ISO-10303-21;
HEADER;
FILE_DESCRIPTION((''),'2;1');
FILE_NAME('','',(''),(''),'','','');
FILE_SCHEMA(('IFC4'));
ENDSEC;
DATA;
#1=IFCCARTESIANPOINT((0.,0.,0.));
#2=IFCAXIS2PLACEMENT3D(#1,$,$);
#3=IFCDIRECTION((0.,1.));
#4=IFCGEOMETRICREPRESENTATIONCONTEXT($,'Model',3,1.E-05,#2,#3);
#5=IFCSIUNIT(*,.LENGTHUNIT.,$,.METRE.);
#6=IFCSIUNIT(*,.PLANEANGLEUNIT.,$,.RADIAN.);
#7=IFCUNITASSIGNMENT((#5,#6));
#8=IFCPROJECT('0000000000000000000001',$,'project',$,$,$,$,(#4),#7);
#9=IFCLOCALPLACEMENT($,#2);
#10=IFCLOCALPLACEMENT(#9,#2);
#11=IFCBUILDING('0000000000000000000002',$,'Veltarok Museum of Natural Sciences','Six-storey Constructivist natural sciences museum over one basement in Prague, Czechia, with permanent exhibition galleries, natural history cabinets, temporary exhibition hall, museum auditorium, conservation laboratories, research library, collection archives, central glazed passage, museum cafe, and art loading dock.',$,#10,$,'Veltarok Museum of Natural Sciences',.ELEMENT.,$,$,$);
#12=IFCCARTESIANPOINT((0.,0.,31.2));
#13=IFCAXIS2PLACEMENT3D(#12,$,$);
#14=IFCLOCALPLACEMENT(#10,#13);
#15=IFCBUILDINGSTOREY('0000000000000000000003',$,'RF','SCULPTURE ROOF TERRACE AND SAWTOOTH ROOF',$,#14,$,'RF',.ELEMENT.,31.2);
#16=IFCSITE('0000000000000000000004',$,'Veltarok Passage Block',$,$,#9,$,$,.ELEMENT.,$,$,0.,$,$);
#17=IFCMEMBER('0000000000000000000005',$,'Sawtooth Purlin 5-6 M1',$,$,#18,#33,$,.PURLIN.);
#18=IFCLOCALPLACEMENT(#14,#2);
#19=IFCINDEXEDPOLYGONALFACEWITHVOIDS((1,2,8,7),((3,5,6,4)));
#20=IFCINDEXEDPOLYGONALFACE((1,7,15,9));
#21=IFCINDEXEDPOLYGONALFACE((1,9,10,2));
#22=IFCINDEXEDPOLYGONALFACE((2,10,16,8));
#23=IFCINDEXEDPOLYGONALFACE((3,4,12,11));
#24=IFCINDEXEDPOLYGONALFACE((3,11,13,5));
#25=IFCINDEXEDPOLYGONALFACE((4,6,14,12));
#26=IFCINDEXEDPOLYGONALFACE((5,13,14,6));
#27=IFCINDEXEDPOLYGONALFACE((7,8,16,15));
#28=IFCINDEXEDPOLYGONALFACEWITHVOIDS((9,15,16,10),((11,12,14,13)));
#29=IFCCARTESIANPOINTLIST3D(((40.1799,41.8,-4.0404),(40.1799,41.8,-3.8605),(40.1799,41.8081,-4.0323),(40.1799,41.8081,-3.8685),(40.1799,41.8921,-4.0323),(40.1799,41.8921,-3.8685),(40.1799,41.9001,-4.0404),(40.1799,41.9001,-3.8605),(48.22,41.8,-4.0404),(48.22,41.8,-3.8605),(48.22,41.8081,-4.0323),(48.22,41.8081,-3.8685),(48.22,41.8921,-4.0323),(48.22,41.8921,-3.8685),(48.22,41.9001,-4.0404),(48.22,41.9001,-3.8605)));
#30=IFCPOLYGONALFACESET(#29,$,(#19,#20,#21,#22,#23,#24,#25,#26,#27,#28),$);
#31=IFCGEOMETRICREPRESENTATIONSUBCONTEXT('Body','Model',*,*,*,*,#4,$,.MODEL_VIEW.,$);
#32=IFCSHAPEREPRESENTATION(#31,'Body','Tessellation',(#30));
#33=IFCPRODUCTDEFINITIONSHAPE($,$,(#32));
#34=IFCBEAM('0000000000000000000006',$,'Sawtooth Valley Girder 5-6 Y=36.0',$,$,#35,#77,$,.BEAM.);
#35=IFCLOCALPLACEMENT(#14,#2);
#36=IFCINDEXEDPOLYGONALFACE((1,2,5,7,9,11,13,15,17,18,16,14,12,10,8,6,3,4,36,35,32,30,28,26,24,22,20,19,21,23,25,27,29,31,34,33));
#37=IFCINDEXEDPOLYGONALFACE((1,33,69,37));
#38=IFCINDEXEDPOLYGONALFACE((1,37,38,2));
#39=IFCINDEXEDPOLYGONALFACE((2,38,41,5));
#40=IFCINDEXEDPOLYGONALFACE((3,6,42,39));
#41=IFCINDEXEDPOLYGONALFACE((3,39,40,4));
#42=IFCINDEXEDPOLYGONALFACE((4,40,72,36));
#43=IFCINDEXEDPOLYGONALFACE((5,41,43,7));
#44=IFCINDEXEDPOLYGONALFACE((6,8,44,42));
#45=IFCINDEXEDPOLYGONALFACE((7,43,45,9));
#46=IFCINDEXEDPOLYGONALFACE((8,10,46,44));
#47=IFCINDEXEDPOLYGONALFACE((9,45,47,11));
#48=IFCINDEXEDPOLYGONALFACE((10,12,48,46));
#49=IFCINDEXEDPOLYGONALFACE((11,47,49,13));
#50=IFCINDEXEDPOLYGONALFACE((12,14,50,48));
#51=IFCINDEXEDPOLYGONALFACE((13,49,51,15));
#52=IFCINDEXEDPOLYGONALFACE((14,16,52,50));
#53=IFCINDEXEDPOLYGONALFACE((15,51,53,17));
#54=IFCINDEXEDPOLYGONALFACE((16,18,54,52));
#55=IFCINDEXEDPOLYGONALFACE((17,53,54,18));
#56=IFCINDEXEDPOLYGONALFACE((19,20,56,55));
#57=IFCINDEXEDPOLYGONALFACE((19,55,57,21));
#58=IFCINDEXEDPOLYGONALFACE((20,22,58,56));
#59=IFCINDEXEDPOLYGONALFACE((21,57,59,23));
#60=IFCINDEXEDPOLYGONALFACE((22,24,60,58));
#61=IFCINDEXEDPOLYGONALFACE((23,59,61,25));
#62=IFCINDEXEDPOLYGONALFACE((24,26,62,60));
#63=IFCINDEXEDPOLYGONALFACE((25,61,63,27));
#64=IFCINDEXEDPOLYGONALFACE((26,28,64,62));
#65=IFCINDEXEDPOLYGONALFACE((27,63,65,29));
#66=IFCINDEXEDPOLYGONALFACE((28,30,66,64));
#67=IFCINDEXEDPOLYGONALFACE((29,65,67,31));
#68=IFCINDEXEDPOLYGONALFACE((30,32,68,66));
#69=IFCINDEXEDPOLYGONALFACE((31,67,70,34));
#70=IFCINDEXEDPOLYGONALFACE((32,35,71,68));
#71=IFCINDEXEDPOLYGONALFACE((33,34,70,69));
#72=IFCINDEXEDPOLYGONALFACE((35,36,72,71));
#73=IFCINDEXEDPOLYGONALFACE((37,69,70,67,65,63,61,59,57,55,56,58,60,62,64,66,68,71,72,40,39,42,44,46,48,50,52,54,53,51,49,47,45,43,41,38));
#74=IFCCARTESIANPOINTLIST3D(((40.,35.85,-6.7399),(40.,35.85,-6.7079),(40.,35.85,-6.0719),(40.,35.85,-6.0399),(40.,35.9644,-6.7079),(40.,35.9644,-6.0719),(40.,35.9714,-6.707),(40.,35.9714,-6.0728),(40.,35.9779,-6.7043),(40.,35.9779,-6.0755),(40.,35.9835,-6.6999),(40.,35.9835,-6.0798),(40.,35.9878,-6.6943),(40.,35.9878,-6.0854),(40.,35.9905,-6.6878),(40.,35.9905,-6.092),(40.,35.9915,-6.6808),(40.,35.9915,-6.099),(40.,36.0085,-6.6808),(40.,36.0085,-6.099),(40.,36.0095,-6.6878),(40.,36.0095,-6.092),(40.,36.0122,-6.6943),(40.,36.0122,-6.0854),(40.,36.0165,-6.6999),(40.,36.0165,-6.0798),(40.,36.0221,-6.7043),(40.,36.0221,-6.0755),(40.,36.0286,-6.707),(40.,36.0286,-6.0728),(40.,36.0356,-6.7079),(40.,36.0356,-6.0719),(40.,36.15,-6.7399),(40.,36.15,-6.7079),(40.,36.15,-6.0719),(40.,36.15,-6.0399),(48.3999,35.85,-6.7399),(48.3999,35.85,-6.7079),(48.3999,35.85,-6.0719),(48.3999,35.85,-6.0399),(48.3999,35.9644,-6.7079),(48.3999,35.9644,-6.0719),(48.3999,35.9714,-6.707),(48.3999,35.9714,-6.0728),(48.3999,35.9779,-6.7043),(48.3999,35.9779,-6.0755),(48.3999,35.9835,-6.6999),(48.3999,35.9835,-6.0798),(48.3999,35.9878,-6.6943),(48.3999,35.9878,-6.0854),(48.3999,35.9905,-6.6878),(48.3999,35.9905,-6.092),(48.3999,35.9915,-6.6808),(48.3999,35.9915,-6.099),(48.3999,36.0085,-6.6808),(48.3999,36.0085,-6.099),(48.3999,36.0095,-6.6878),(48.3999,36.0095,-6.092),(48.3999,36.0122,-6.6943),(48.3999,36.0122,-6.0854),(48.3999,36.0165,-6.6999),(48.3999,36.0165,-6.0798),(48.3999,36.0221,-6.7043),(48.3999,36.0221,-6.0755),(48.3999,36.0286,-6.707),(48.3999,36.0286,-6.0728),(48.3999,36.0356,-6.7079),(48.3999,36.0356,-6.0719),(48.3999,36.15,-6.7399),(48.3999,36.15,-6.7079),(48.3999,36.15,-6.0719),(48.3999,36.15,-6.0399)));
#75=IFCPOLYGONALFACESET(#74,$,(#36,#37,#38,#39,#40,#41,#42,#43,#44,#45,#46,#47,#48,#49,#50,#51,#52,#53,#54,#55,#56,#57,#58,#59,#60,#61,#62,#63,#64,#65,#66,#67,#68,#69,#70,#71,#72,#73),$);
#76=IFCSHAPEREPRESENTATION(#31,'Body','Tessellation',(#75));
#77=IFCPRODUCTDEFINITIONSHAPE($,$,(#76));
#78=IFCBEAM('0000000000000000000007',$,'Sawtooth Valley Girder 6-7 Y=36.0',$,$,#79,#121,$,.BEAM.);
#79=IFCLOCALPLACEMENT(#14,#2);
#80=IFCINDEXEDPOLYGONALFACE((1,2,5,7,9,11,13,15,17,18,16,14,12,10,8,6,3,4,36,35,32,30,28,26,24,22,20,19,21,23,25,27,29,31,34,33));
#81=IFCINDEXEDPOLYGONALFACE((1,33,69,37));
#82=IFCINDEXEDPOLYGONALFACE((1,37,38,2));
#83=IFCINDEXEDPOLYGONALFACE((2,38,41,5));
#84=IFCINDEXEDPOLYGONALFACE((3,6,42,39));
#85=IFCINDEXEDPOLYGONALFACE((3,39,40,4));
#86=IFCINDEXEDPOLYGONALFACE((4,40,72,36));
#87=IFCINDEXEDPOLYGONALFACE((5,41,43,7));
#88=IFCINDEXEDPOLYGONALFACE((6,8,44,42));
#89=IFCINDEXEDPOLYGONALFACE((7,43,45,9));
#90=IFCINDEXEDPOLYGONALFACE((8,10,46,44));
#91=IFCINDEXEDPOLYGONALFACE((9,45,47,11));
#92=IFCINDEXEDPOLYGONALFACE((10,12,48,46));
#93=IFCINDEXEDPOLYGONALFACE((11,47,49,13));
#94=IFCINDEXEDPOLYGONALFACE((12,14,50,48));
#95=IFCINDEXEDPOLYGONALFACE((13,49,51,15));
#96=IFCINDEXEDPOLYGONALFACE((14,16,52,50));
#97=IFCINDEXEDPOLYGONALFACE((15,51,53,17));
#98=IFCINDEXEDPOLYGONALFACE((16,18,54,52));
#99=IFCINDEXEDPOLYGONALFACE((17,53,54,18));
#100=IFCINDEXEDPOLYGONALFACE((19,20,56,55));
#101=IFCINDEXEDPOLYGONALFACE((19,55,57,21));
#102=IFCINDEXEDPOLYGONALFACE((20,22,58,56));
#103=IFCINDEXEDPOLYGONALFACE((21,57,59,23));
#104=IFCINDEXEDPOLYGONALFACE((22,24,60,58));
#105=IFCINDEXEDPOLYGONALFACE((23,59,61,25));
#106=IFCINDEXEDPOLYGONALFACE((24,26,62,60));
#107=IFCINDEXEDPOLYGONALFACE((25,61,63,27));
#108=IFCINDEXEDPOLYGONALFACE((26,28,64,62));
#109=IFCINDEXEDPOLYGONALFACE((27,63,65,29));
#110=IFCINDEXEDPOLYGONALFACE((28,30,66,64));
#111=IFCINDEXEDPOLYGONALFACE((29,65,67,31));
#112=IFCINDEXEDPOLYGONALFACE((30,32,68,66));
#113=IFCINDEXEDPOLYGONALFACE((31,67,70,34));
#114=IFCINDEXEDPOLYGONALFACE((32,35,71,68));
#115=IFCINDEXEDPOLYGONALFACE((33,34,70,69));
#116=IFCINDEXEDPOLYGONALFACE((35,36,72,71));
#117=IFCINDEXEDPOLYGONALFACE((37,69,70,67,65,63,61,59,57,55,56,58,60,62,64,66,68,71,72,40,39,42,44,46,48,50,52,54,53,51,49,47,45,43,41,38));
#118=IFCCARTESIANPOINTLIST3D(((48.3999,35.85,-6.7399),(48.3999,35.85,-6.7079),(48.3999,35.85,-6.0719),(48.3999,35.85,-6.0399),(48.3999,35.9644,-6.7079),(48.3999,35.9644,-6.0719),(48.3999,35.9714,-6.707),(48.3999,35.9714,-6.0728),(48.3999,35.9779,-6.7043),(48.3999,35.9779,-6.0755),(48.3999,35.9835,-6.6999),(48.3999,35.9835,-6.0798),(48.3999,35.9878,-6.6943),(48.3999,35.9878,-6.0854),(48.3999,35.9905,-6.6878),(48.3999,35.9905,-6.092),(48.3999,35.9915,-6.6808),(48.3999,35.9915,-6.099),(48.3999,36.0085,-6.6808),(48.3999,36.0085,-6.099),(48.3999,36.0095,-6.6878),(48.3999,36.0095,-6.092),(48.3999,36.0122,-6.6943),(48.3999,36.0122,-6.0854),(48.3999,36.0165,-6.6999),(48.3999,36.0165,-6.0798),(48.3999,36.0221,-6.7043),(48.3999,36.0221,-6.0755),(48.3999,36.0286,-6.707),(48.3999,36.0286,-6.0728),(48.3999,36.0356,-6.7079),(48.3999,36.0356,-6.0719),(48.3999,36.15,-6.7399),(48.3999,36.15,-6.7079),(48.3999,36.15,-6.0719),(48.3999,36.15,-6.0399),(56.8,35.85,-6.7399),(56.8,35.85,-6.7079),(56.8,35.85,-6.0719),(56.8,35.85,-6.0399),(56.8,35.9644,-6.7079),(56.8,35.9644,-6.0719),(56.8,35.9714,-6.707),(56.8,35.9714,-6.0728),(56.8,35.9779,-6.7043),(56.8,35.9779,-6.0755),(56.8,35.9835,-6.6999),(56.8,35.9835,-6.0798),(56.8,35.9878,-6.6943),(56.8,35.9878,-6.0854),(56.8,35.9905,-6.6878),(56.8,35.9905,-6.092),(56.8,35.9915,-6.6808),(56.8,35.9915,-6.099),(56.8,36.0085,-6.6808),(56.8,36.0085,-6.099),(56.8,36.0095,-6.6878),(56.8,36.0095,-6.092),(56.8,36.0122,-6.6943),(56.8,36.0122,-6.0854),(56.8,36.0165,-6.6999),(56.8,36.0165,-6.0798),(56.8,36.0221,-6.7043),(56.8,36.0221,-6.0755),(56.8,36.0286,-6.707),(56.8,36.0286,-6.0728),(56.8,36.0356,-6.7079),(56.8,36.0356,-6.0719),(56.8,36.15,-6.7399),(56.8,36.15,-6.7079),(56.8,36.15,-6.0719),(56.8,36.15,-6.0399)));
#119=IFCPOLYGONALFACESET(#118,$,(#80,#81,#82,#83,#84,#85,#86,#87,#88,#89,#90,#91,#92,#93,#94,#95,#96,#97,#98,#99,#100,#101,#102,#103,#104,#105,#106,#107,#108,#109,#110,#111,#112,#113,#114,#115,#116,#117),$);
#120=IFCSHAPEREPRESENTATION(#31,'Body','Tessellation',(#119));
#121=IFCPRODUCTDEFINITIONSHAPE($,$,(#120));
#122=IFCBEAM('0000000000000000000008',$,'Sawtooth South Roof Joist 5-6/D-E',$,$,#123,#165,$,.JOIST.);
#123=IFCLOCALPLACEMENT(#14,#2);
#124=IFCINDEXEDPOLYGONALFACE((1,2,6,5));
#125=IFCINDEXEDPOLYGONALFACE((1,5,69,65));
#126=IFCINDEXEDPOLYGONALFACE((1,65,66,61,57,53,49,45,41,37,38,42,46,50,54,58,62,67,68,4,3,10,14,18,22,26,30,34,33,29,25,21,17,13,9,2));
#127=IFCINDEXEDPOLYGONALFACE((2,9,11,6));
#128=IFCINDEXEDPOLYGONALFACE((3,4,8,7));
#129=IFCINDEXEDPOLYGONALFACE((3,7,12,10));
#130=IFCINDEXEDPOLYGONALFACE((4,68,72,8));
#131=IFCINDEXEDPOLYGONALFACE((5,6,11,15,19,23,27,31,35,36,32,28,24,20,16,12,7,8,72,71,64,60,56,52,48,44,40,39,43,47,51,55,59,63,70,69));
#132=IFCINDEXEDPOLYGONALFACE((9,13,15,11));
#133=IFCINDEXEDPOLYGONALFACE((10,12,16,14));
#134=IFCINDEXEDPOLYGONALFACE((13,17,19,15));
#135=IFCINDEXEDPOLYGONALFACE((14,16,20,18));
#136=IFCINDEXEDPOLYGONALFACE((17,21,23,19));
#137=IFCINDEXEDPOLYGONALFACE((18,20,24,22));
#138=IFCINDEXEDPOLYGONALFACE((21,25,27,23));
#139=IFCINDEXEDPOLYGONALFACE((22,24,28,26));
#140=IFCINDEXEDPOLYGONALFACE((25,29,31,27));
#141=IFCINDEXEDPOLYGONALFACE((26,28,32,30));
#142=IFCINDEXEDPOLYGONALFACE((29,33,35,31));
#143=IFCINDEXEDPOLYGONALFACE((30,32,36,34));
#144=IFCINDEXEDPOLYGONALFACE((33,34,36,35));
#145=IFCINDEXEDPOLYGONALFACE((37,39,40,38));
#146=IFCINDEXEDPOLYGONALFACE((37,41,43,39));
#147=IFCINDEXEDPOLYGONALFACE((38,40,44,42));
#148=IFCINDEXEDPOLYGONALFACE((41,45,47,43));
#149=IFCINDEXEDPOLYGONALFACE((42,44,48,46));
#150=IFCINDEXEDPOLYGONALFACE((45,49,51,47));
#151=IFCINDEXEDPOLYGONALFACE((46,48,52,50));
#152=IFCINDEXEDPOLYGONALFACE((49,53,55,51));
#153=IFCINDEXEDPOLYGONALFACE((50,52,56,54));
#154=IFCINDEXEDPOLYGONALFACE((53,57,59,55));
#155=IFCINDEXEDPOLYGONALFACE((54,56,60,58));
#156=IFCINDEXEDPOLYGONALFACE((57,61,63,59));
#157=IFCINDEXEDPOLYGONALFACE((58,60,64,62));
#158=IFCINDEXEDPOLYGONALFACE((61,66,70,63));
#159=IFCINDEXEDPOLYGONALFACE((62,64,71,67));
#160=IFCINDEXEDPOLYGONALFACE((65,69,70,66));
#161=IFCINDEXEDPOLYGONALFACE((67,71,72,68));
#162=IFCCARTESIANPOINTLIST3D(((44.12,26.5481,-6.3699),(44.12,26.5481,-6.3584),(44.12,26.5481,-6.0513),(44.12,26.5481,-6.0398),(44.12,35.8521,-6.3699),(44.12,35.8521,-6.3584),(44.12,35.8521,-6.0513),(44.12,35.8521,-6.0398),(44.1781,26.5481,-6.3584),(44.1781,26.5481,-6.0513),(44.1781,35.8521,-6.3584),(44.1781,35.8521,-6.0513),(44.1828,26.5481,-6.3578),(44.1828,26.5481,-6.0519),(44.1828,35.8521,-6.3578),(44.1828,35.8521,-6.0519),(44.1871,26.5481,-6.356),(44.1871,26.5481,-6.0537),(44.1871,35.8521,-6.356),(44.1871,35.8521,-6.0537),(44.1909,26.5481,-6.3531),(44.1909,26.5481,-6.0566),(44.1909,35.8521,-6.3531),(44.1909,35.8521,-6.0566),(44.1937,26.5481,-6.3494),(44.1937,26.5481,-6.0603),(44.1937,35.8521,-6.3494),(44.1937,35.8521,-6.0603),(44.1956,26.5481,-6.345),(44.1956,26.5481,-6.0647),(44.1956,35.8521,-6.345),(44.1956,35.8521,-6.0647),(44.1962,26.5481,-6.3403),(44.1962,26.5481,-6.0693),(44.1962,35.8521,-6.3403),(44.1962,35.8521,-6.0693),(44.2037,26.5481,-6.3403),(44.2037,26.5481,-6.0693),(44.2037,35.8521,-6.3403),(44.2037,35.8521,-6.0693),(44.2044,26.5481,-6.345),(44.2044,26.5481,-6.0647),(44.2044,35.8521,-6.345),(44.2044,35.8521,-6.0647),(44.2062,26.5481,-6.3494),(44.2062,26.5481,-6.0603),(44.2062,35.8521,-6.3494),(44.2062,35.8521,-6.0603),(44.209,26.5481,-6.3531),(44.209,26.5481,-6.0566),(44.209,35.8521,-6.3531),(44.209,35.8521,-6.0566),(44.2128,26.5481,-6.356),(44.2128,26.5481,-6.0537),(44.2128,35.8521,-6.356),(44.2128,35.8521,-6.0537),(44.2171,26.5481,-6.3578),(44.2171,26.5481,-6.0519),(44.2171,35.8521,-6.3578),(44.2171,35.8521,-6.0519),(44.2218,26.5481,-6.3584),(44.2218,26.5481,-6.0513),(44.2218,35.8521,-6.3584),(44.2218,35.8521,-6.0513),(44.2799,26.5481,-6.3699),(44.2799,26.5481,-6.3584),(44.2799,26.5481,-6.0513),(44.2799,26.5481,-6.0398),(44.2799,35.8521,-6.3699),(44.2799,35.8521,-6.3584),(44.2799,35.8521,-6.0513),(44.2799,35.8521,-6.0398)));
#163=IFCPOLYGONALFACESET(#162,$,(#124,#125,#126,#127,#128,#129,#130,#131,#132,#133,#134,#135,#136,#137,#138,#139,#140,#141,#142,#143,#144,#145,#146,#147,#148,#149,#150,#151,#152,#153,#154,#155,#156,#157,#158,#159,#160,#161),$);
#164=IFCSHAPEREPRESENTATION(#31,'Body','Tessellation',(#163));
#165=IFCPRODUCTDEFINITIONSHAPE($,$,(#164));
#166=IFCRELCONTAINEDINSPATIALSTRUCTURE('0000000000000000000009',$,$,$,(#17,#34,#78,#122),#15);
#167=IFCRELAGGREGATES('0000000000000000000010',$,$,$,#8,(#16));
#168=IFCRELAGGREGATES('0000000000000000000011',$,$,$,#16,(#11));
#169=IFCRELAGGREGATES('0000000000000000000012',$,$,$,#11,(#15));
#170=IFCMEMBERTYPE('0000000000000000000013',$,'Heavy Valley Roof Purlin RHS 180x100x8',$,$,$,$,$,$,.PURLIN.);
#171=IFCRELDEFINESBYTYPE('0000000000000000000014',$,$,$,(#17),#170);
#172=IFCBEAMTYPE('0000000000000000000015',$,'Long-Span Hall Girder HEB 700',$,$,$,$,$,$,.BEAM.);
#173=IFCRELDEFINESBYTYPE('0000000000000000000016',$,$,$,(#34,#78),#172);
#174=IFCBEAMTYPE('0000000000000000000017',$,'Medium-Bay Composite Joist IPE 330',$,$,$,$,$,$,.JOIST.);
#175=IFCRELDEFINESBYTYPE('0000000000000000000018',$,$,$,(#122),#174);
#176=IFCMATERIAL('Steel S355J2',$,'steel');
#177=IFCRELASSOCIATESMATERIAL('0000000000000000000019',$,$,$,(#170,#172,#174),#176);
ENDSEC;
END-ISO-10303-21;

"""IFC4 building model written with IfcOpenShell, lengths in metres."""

from ifc_helpers import new_model, si_unit, direction, frame, origin, origin_2d, place, context, subcontext, project, spatial, hollow_rectangle, i_section, extrude, material, material_profile, profile_set, type_object, element, save


model = new_model("IFC4")

# Units and contexts
model_context = context("Model", 3, precision=1e-05, world=origin(), true_north=direction((0.0, 1.0)))
body_context = subcontext(model_context, "Body", "Model", "MODEL_VIEW")
ifc_project = project(units=[si_unit("LENGTHUNIT", "METRE"), si_unit("PLANEANGLEUNIT", "RADIAN")], contexts=[model_context])

# Site, building, storey
site_placement = place(None, origin())
site = spatial("IfcSite", under=ifc_project, at=site_placement, Name="Veltarok Passage Block", CompositionType="ELEMENT", RefElevation=0.0)
building_placement = place(site_placement, origin())
building = spatial("IfcBuilding", under=site, at=building_placement, Name="Veltarok Museum of Natural Sciences", Description="Six-storey Constructivist natural sciences museum over one basement in Prague, Czechia, with permanent exhibition galleries, natural history cabinets, temporary exhibition hall, museum auditorium, conservation laboratories, research library, collection archives, central glazed passage, museum cafe, and art loading dock.", LongName="Veltarok Museum of Natural Sciences", CompositionType="ELEMENT")
storey_placement = place(building_placement, frame((0.0, 0.0, 31.2)))
storey = spatial("IfcBuildingStorey", under=building, at=storey_placement, Name="RF", Description="SCULPTURE ROOF TERRACE AND SAWTOOTH ROOF", LongName="RF", CompositionType="ELEMENT", Elevation=31.2)

# Member
ifc_material_1 = material(Name="Steel S355J2", Category="steel")
ifc_material_profile_1 = material_profile(ifc_material_1, hollow_rectangle(XDim=0.1001, YDim=0.1799, WallThickness=0.0081, at=origin_2d()), Name="RHS 180x100x8")
ifc_profile_set_1 = profile_set([ifc_material_profile_1], Name="Steel S355J2")
member_type_1 = type_object("IfcMemberType", Name="Heavy Valley Roof Purlin RHS 180x100x8", PredefinedType="PURLIN", material=ifc_profile_set_1)
member_1_placement = place(storey_placement, frame((40.1799, 41.8501, -3.9504), z_axis=(1.0, 0.0, 0.0), x_axis=(0.0, 1.0, 0.0)))
element("IfcMember", 1, at=member_1_placement, inside=storey, type_object=member_type_1, Name="Sawtooth Purlin 5-6 M1", PredefinedType="PURLIN", context=body_context, shape_type="SweptSolid", body=[
    extrude(hollow_rectangle(XDim=0.1001, YDim=0.1799, WallThickness=0.0081, at=origin_2d()), origin(), (0.0, 0.0, 1.0), 8.04),
])

# Beams
ifc_material_profile_2 = material_profile(ifc_material_1, i_section(OverallWidth=0.3, OverallDepth=0.7, WebThickness=0.0171, FlangeThickness=0.032, FilletRadius=0.0271, at=origin_2d()), Name="HEB 700")
ifc_profile_set_2 = profile_set([ifc_material_profile_2], Name="Steel S355J2")
beam_type_1 = type_object("IfcBeamType", Name="Long-Span Hall Girder HEB 700", PredefinedType="BEAM", material=ifc_profile_set_2)
beam_1_placement = place(storey_placement, frame((40.0, 36.0, -6.3899), z_axis=(1.0, 0.0, 0.0), x_axis=(0.0, 1.0, 0.0)))
element("IfcBeam", 2, at=beam_1_placement, inside=storey, type_object=beam_type_1, Name="Sawtooth Valley Girder 5-6 Y=36.0", PredefinedType="BEAM", context=body_context, shape_type="SweptSolid", body=[
    extrude(i_section(OverallWidth=0.3, OverallDepth=0.7, WebThickness=0.0171, FlangeThickness=0.032, FilletRadius=0.0271, at=origin_2d()), origin(), (0.0, 0.0, 1.0), 8.3999),
])
beam_2_placement = place(storey_placement, frame((48.3999, 36.0, -6.3899), z_axis=(1.0, 0.0, 0.0), x_axis=(0.0, 1.0, 0.0)))
element("IfcBeam", 3, at=beam_2_placement, inside=storey, type_object=beam_type_1, Name="Sawtooth Valley Girder 6-7 Y=36.0", PredefinedType="BEAM", context=body_context, shape_type="SweptSolid", body=[
    extrude(i_section(OverallWidth=0.3, OverallDepth=0.7, WebThickness=0.0171, FlangeThickness=0.032, FilletRadius=0.0271, at=origin_2d()), origin(), (0.0, 0.0, 1.0), 8.4001),
])
ifc_material_profile_3 = material_profile(ifc_material_1, i_section(OverallWidth=0.1599, OverallDepth=0.3301, WebThickness=0.0076, FlangeThickness=0.0115, FilletRadius=0.0181, at=origin_2d()), Name="IPE 330")
ifc_profile_set_3 = profile_set([ifc_material_profile_3], Name="Steel S355J2")
beam_type_2 = type_object("IfcBeamType", Name="Medium-Bay Composite Joist IPE 330", PredefinedType="JOIST", material=ifc_profile_set_3)
beam_3_placement = place(storey_placement, frame((44.2, 26.5481, -6.2048), z_axis=(0.0, 1.0, 0.0), x_axis=(-1.0, 0.0, 0.0)))
element("IfcBeam", 4, at=beam_3_placement, inside=storey, type_object=beam_type_2, Name="Sawtooth South Roof Joist 5-6/D-E", PredefinedType="JOIST", context=body_context, shape_type="SweptSolid", body=[
    extrude(i_section(OverallWidth=0.1599, OverallDepth=0.3301, WebThickness=0.0076, FlangeThickness=0.0115, FilletRadius=0.0181, at=origin_2d()), origin(), (0.0, 0.0, 1.0), 9.304),
])

save(model, "model.ifc")
